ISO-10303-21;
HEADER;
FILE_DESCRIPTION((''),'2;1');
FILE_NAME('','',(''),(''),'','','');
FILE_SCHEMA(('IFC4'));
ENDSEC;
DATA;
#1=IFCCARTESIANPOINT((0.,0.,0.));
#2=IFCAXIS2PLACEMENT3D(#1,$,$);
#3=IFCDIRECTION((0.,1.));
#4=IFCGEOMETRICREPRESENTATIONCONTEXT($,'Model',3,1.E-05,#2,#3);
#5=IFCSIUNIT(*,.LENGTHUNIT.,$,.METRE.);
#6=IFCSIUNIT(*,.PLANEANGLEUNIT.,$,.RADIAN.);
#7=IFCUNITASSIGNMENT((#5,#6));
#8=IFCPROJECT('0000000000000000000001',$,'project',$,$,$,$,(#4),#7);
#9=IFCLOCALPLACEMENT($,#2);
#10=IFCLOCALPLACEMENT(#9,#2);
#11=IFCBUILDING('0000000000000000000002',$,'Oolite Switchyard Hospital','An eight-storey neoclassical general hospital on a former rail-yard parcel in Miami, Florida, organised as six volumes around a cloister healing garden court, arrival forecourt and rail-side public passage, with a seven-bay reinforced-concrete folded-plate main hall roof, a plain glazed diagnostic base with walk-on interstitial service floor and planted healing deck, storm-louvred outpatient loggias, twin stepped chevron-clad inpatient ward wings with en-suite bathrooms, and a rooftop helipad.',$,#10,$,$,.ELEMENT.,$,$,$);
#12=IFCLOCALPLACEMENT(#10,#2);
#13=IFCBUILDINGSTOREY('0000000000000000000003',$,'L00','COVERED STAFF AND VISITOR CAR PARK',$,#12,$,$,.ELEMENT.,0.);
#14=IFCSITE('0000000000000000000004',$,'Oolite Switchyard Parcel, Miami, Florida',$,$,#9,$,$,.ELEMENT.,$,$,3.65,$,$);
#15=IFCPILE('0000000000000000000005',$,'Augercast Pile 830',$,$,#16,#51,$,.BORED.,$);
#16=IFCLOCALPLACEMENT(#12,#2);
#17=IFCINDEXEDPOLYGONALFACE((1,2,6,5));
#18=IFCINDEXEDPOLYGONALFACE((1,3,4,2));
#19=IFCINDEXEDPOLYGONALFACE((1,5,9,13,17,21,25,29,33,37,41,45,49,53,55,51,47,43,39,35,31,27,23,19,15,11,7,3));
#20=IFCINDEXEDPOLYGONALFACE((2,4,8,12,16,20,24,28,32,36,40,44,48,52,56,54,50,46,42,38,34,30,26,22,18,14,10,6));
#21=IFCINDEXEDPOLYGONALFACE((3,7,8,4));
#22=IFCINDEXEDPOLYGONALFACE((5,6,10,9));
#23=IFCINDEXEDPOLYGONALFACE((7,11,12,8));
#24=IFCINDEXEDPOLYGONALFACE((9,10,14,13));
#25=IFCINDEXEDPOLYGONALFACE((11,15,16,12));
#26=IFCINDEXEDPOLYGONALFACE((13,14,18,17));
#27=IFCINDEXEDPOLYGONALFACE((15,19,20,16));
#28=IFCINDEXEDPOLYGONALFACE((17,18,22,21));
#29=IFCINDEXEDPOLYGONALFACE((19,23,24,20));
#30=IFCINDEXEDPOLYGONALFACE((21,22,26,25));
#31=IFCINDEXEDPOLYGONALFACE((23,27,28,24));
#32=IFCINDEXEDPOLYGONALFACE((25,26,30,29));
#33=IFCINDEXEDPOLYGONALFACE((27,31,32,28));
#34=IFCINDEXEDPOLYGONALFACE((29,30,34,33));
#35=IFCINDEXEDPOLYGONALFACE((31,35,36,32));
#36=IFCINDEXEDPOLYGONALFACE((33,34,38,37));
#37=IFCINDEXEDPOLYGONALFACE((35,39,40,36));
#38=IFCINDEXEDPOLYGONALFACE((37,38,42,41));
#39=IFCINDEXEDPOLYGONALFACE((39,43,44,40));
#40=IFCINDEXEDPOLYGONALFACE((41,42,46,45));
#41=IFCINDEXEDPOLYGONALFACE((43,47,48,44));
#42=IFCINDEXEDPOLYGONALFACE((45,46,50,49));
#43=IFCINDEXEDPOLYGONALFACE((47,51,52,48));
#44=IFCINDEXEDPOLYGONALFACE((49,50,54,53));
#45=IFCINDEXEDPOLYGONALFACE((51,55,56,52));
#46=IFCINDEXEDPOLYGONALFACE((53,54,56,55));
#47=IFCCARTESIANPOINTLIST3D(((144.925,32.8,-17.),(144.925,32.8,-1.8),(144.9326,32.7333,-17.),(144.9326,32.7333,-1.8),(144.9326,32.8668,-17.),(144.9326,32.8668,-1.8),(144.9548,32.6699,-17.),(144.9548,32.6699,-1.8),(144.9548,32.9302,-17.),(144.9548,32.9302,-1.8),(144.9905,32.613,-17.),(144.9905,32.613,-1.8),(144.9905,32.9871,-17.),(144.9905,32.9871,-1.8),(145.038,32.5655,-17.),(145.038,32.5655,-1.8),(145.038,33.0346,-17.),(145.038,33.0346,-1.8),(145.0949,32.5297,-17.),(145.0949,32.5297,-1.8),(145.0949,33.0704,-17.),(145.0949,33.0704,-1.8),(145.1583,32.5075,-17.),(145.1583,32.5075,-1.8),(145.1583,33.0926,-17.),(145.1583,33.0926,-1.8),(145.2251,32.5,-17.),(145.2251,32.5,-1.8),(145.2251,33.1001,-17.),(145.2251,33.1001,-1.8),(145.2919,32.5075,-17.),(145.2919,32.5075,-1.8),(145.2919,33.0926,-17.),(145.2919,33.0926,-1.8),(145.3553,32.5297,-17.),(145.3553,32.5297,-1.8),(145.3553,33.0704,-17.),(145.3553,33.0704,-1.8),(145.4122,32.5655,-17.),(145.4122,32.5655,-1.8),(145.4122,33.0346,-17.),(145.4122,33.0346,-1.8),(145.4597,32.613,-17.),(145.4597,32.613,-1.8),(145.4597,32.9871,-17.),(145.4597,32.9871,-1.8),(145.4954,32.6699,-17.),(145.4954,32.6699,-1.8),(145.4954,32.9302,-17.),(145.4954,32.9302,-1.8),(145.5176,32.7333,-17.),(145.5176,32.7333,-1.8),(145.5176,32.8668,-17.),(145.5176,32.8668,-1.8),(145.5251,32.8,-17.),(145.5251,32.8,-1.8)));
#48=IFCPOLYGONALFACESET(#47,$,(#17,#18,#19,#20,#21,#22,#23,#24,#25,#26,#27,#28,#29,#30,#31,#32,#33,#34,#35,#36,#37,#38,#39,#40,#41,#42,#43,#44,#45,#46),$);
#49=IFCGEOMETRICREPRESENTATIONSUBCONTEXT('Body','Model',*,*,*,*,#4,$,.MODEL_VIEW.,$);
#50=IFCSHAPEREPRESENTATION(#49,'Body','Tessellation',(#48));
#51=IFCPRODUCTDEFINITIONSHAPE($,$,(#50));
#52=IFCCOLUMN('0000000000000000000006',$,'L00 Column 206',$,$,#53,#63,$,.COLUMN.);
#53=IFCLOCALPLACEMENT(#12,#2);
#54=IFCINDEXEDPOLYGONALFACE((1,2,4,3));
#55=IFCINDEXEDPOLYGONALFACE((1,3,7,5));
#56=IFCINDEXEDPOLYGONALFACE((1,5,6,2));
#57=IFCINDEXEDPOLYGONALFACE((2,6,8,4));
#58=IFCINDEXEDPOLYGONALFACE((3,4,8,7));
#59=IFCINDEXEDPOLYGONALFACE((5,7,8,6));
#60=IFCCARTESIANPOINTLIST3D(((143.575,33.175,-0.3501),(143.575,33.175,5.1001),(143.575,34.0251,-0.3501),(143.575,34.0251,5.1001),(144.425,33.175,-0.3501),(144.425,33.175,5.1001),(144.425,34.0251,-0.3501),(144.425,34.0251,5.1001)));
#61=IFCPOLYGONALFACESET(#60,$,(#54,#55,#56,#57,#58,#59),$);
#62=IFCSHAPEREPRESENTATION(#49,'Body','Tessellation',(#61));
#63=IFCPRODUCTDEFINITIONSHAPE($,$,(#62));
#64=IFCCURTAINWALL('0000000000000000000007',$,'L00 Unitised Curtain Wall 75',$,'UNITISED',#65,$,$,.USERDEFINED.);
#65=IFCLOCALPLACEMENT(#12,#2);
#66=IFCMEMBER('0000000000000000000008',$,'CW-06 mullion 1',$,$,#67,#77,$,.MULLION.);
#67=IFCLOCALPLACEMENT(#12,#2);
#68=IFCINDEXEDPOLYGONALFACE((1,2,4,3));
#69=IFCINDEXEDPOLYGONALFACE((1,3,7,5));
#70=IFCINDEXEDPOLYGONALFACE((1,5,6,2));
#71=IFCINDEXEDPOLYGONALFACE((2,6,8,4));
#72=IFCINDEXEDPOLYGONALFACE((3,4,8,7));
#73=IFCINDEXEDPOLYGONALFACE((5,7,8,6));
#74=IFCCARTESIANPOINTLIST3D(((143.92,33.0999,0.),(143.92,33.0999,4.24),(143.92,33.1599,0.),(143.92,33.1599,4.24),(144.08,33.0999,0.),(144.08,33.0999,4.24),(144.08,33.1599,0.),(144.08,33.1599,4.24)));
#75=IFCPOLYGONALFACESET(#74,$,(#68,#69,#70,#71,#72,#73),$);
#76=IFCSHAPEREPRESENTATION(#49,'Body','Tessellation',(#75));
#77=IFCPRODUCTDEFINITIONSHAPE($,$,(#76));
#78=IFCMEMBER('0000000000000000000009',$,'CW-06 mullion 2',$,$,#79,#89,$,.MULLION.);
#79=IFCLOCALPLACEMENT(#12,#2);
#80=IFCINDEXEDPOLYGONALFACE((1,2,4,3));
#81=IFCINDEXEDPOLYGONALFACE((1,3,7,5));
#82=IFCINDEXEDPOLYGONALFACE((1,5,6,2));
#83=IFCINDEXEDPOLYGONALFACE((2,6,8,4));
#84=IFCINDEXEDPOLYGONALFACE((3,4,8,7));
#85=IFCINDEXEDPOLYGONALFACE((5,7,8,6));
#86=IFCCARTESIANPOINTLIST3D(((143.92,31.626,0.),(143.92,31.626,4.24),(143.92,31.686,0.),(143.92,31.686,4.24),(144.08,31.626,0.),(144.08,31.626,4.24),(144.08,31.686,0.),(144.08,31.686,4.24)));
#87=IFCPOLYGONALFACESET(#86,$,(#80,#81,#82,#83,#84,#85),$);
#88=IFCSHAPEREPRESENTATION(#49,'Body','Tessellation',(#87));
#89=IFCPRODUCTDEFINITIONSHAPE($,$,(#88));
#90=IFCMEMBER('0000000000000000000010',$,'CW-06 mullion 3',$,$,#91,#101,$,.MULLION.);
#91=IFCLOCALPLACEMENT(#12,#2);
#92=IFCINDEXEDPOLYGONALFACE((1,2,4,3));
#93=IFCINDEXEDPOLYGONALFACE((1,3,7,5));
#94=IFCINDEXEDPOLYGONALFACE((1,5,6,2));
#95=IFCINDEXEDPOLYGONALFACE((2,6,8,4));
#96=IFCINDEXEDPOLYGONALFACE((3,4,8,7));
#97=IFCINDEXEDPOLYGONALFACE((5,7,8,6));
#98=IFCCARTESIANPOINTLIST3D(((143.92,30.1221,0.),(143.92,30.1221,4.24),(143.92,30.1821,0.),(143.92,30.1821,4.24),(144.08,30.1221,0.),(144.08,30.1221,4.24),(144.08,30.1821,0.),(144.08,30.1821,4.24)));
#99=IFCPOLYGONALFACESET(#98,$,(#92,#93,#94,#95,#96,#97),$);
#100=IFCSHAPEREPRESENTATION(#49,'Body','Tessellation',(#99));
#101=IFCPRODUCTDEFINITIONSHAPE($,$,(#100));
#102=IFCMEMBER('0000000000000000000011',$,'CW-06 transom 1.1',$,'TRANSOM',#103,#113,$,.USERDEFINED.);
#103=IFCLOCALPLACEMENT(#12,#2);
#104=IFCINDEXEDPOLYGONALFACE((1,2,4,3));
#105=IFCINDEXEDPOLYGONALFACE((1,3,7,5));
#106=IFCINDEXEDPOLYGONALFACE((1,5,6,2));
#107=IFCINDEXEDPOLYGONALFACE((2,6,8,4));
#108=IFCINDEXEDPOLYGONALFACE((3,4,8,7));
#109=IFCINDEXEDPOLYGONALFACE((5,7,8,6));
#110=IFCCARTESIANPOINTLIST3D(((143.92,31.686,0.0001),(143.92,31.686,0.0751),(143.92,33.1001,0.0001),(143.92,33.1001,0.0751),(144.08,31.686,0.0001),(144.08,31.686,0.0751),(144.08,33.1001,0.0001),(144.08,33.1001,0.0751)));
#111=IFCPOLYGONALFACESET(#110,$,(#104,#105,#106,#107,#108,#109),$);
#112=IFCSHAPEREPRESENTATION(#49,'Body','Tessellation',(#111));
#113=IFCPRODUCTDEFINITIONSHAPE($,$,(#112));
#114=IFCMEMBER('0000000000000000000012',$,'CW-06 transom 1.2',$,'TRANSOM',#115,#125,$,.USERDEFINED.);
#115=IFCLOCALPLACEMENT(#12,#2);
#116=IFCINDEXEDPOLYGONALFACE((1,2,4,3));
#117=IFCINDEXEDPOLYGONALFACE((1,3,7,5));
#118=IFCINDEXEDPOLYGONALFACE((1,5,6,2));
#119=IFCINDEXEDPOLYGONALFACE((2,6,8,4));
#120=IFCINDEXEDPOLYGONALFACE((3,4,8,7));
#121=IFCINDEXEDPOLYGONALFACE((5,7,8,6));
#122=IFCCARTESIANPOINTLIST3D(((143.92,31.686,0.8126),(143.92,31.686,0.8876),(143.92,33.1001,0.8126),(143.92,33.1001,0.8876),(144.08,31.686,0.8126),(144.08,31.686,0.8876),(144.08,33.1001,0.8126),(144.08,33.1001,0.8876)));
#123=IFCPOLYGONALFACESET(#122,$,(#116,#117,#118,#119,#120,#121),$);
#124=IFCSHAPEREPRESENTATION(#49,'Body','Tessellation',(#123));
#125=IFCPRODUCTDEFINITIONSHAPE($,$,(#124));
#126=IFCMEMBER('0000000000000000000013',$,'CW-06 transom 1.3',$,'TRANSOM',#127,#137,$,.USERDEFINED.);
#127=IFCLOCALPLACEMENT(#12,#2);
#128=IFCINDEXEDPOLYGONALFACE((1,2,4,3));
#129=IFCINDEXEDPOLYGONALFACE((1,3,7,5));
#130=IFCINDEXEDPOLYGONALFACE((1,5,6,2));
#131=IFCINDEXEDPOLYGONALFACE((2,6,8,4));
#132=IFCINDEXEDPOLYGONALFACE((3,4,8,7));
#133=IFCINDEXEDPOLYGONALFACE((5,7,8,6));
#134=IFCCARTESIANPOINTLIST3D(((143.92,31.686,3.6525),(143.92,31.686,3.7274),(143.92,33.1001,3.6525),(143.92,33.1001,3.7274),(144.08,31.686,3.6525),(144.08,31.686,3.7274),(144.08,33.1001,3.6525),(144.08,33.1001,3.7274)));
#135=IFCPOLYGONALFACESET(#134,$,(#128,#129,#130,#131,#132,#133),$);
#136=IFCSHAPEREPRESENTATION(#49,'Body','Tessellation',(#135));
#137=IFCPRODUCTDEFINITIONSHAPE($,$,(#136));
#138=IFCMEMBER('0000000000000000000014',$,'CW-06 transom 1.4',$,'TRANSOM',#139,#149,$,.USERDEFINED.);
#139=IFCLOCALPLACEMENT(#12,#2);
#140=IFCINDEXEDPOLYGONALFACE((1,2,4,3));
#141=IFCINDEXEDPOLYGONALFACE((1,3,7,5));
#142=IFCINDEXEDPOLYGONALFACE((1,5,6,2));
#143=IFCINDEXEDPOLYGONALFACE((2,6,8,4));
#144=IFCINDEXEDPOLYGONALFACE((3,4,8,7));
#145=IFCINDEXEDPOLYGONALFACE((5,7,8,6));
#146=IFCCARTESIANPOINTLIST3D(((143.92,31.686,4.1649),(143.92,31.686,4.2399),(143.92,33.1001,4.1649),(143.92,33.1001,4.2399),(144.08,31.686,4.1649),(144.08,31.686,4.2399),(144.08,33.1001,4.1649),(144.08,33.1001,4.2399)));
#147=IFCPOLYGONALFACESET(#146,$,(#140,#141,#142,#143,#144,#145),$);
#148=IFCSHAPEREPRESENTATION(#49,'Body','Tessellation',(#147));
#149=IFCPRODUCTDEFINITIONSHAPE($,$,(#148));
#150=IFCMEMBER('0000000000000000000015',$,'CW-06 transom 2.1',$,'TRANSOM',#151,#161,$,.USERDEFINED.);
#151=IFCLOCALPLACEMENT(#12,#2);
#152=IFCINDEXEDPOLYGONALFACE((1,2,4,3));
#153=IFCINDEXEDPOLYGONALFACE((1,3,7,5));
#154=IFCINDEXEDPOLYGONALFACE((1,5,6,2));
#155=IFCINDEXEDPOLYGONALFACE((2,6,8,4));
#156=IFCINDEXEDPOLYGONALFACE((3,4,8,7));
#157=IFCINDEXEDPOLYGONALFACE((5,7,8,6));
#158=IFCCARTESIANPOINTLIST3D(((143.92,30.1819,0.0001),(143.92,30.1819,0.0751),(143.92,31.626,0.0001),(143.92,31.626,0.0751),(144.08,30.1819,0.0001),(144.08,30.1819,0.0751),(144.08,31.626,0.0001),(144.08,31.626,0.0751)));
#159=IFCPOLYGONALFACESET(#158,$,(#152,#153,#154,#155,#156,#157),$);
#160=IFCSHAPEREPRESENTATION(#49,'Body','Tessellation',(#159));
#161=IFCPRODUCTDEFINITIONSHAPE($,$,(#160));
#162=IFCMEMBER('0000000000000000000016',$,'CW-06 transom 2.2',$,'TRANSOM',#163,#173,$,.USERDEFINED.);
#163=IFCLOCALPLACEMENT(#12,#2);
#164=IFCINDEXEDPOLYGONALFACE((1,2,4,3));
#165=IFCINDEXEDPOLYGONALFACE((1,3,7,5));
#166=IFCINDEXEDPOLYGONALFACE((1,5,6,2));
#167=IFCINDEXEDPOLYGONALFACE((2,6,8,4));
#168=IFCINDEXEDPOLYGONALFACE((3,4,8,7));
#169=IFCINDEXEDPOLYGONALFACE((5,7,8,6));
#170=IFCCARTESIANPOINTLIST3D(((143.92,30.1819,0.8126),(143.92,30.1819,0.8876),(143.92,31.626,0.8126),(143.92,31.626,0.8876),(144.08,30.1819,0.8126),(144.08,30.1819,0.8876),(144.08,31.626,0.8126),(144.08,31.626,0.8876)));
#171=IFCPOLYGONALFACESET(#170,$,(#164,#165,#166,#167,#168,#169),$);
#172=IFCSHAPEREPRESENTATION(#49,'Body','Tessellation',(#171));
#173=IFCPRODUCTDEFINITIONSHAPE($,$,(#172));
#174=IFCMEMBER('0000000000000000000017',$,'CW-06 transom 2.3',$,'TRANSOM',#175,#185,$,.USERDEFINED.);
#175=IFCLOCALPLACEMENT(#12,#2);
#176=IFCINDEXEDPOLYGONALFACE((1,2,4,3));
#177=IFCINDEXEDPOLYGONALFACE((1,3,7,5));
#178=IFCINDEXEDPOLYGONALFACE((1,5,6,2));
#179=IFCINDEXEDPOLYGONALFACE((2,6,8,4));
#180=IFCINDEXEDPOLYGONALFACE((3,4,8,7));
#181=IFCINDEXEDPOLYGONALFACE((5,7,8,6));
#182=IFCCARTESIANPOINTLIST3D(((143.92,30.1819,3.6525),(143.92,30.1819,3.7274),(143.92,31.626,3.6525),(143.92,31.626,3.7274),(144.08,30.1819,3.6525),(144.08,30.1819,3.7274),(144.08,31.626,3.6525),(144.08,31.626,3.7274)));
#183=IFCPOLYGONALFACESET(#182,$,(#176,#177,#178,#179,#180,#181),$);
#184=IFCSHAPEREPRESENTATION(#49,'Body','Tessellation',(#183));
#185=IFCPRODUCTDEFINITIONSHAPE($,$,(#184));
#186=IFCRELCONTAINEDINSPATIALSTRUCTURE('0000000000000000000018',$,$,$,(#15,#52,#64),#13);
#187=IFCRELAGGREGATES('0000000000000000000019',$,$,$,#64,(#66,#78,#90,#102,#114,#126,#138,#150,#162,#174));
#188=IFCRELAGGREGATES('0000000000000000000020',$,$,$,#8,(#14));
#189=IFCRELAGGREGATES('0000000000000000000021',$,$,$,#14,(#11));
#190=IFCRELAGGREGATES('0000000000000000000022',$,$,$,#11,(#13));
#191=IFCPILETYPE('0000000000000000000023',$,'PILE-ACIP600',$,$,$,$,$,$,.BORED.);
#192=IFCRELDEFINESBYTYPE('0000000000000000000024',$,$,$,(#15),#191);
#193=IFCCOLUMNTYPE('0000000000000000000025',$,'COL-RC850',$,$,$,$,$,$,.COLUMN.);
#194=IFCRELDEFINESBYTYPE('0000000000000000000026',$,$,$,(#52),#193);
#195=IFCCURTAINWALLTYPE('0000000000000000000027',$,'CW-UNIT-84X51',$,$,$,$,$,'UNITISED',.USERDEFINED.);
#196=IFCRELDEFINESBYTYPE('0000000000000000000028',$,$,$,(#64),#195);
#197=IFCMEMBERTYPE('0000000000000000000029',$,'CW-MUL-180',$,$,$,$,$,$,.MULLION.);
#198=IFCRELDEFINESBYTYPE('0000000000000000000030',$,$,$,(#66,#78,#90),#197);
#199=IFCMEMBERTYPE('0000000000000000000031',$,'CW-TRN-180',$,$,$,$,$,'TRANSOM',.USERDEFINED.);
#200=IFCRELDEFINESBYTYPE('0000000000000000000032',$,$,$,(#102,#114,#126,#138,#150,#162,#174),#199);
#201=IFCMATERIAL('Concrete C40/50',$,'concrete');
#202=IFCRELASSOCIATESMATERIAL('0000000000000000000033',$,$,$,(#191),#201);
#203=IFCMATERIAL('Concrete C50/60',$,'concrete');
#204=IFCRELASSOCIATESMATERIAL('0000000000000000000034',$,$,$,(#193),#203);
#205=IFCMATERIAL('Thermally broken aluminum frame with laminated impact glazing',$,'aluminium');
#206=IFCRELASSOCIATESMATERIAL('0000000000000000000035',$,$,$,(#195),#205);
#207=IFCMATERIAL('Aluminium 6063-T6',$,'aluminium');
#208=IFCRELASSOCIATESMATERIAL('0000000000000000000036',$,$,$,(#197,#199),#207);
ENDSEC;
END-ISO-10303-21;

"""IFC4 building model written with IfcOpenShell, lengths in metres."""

from ifc_helpers import new_model, si_unit, direction, frame, origin, origin_2d, place, context, subcontext, project, spatial, rectangle, circle, extrude, material, material_profile, profile_set, type_object, element, aggregate, save


model = new_model("IFC4")

# Units and contexts
model_context = context("Model", 3, precision=1e-05, world=origin(), true_north=direction((0.0, 1.0)))
body_context = subcontext(model_context, "Body", "Model", "MODEL_VIEW")
ifc_project = project(units=[si_unit("LENGTHUNIT", "METRE"), si_unit("PLANEANGLEUNIT", "RADIAN")], contexts=[model_context])

# Site, building, storey
site_placement = place(None, origin())
site = spatial("IfcSite", under=ifc_project, at=site_placement, Name="Oolite Switchyard Parcel, Miami, Florida", CompositionType="ELEMENT", RefElevation=3.65)
building_placement = place(site_placement, origin())
building = spatial("IfcBuilding", under=site, at=building_placement, Name="Oolite Switchyard Hospital", Description="An eight-storey neoclassical general hospital on a former rail-yard parcel in Miami, Florida, organised as six volumes around a cloister healing garden court, arrival forecourt and rail-side public passage, with a seven-bay reinforced-concrete folded-plate main hall roof, a plain glazed diagnostic base with walk-on interstitial service floor and planted healing deck, storm-louvred outpatient loggias, twin stepped chevron-clad inpatient ward wings with en-suite bathrooms, and a rooftop helipad.", CompositionType="ELEMENT")
storey_placement = place(building_placement, origin())
storey = spatial("IfcBuildingStorey", under=building, at=storey_placement, Name="L00", Description="COVERED STAFF AND VISITOR CAR PARK", CompositionType="ELEMENT", Elevation=0.0)

# Pile
ifc_material_1 = material(Name="Concrete C40/50", Category="concrete")
ifc_material_profile_1 = material_profile(ifc_material_1, circle(Radius=0.3, at=origin_2d()), Name="PILE600")
ifc_profile_set_1 = profile_set([ifc_material_profile_1], Name="Concrete C40/50")
pile_type = type_object("IfcPileType", Name="PILE-ACIP600", PredefinedType="BORED", material=ifc_profile_set_1)
pile_placement = place(storey_placement, frame((145.2251, 32.8, -1.8), z_axis=(0.0, 0.0, -1.0), x_axis=(1.0, 0.0, 0.0)))
element("IfcPile", 1, at=pile_placement, inside=storey, type_object=pile_type, Name="Augercast Pile 830", PredefinedType="BORED", context=body_context, shape_type="SweptSolid", body=[
    extrude(circle(Radius=0.3, at=origin_2d()), origin(), (0.0, 0.0, 1.0), 15.2),
])

# Column
ifc_material_2 = material(Name="Concrete C50/60", Category="concrete")
ifc_material_profile_2 = material_profile(ifc_material_2, rectangle(XDim=0.8501, YDim=0.8501, at=origin_2d()), Name="RC850X850")
ifc_profile_set_2 = profile_set([ifc_material_profile_2], Name="Concrete C50/60")
column_type = type_object("IfcColumnType", Name="COL-RC850", PredefinedType="COLUMN", material=ifc_profile_set_2)
column_placement = place(storey_placement, frame((144.0, 33.6001, -0.3501), z_axis=(0.0, 0.0, 1.0), x_axis=(1.0, 0.0, 0.0)))
element("IfcColumn", 2, at=column_placement, inside=storey, type_object=column_type, Name="L00 Column 206", PredefinedType="COLUMN", context=body_context, shape_type="SweptSolid", body=[
    extrude(rectangle(XDim=0.8501, YDim=0.8501, at=origin_2d()), origin(), (0.0, 0.0, 1.0), 5.4502),
])

# Curtain wall, members
ifc_material_3 = material(Name="Thermally broken aluminum frame with laminated impact glazing", Category="aluminium")
curtain_wall_type = type_object("IfcCurtainWallType", Name="CW-UNIT-84X51", ElementType="UNITISED", PredefinedType="USERDEFINED", material=ifc_material_3)
curtain_wall_placement = place(storey_placement, origin())
curtain_wall = element("IfcCurtainWall", 3, at=curtain_wall_placement, inside=storey, type_object=curtain_wall_type, Name="L00 Unitised Curtain Wall 75", ObjectType="UNITISED", PredefinedType="USERDEFINED")
ifc_material_4 = material(Name="Aluminium 6063-T6", Category="aluminium")
ifc_material_profile_3 = material_profile(ifc_material_4, rectangle(XDim=0.1599, YDim=0.0601, at=origin_2d()), Name="CWM60X160")
ifc_profile_set_3 = profile_set([ifc_material_profile_3], Name="Aluminium 6063-T6")
member_type_1 = type_object("IfcMemberType", Name="CW-MUL-180", PredefinedType="MULLION", material=ifc_profile_set_3)
member_1_placement = place(storey_placement, frame((144.0, 33.1299, 0.0), z_axis=(0.0, 0.0, 1.0), x_axis=(1.0, 0.0, 0.0)))
member_1 = element("IfcMember", 4, at=member_1_placement, type_object=member_type_1, Name="CW-06 mullion 1", PredefinedType="MULLION", context=body_context, shape_type="SweptSolid", body=[
    extrude(rectangle(XDim=0.1599, YDim=0.0601, at=origin_2d()), origin(), (0.0, 0.0, 1.0), 4.24),
])
member_2_placement = place(storey_placement, frame((144.0, 31.656, 0.0), z_axis=(0.0, 0.0, 1.0), x_axis=(1.0, 0.0, 0.0)))
member_2 = element("IfcMember", 5, at=member_2_placement, type_object=member_type_1, Name="CW-06 mullion 2", PredefinedType="MULLION", context=body_context, shape_type="SweptSolid", body=[
    extrude(rectangle(XDim=0.1599, YDim=0.0601, at=origin_2d()), origin(), (0.0, 0.0, 1.0), 4.24),
])
member_3_placement = place(storey_placement, frame((144.0, 30.1521, 0.0), z_axis=(0.0, 0.0, 1.0), x_axis=(1.0, 0.0, 0.0)))
member_3 = element("IfcMember", 6, at=member_3_placement, type_object=member_type_1, Name="CW-06 mullion 3", PredefinedType="MULLION", context=body_context, shape_type="SweptSolid", body=[
    extrude(rectangle(XDim=0.1599, YDim=0.0601, at=origin_2d()), origin(), (0.0, 0.0, 1.0), 4.24),
])
ifc_material_profile_4 = material_profile(ifc_material_4, rectangle(XDim=0.1599, YDim=0.075, at=origin_2d()), Name="CWT75X160")
ifc_profile_set_4 = profile_set([ifc_material_profile_4], Name="Aluminium 6063-T6")
member_type_2 = type_object("IfcMemberType", Name="CW-TRN-180", ElementType="TRANSOM", PredefinedType="USERDEFINED", material=ifc_profile_set_4)
member_4_placement = place(storey_placement, frame((144.0, 33.1001, 0.0376), z_axis=(0.0, -1.0, 0.0), x_axis=(1.0, 0.0, 0.0)))
member_4 = element("IfcMember", 7, at=member_4_placement, type_object=member_type_2, Name="CW-06 transom 1.1", ObjectType="TRANSOM", PredefinedType="USERDEFINED", context=body_context, shape_type="SweptSolid", body=[
    extrude(rectangle(XDim=0.1599, YDim=0.075, at=origin_2d()), origin(), (0.0, 0.0, 1.0), 1.4141),
])
member_5_placement = place(storey_placement, frame((144.0, 33.1001, 0.8501), z_axis=(0.0, -1.0, 0.0), x_axis=(1.0, 0.0, 0.0)))
member_5 = element("IfcMember", 8, at=member_5_placement, type_object=member_type_2, Name="CW-06 transom 1.2", ObjectType="TRANSOM", PredefinedType="USERDEFINED", context=body_context, shape_type="SweptSolid", body=[
    extrude(rectangle(XDim=0.1599, YDim=0.075, at=origin_2d()), origin(), (0.0, 0.0, 1.0), 1.4141),
])
member_6_placement = place(storey_placement, frame((144.0, 33.1001, 3.6899), z_axis=(0.0, -1.0, 0.0), x_axis=(1.0, 0.0, 0.0)))
member_6 = element("IfcMember", 9, at=member_6_placement, type_object=member_type_2, Name="CW-06 transom 1.3", ObjectType="TRANSOM", PredefinedType="USERDEFINED", context=body_context, shape_type="SweptSolid", body=[
    extrude(rectangle(XDim=0.1599, YDim=0.075, at=origin_2d()), origin(), (0.0, 0.0, 1.0), 1.4141),
])
member_7_placement = place(storey_placement, frame((144.0, 33.1001, 4.2024), z_axis=(0.0, -1.0, 0.0), x_axis=(1.0, 0.0, 0.0)))
member_7 = element("IfcMember", 10, at=member_7_placement, type_object=member_type_2, Name="CW-06 transom 1.4", ObjectType="TRANSOM", PredefinedType="USERDEFINED", context=body_context, shape_type="SweptSolid", body=[
    extrude(rectangle(XDim=0.1599, YDim=0.075, at=origin_2d()), origin(), (0.0, 0.0, 1.0), 1.4141),
])
member_8_placement = place(storey_placement, frame((144.0, 31.626, 0.0376), z_axis=(0.0, -1.0, 0.0), x_axis=(1.0, 0.0, 0.0)))
member_8 = element("IfcMember", 11, at=member_8_placement, type_object=member_type_2, Name="CW-06 transom 2.1", ObjectType="TRANSOM", PredefinedType="USERDEFINED", context=body_context, shape_type="SweptSolid", body=[
    extrude(rectangle(XDim=0.1599, YDim=0.075, at=origin_2d()), origin(), (0.0, 0.0, 1.0), 1.4441),
])
member_9_placement = place(storey_placement, frame((144.0, 31.626, 0.8501), z_axis=(0.0, -1.0, 0.0), x_axis=(1.0, 0.0, 0.0)))
member_9 = element("IfcMember", 12, at=member_9_placement, type_object=member_type_2, Name="CW-06 transom 2.2", ObjectType="TRANSOM", PredefinedType="USERDEFINED", context=body_context, shape_type="SweptSolid", body=[
    extrude(rectangle(XDim=0.1599, YDim=0.075, at=origin_2d()), origin(), (0.0, 0.0, 1.0), 1.4441),
])
member_10_placement = place(storey_placement, frame((144.0, 31.626, 3.6899), z_axis=(0.0, -1.0, 0.0), x_axis=(1.0, 0.0, 0.0)))
member_10 = element("IfcMember", 13, at=member_10_placement, type_object=member_type_2, Name="CW-06 transom 2.3", ObjectType="TRANSOM", PredefinedType="USERDEFINED", context=body_context, shape_type="SweptSolid", body=[
    extrude(rectangle(XDim=0.1599, YDim=0.075, at=origin_2d()), origin(), (0.0, 0.0, 1.0), 1.4441),
])
aggregate(curtain_wall, [member_1, member_2, member_3, member_4, member_5, member_6, member_7, member_8, member_9, member_10])

save(model, "model.ifc")
